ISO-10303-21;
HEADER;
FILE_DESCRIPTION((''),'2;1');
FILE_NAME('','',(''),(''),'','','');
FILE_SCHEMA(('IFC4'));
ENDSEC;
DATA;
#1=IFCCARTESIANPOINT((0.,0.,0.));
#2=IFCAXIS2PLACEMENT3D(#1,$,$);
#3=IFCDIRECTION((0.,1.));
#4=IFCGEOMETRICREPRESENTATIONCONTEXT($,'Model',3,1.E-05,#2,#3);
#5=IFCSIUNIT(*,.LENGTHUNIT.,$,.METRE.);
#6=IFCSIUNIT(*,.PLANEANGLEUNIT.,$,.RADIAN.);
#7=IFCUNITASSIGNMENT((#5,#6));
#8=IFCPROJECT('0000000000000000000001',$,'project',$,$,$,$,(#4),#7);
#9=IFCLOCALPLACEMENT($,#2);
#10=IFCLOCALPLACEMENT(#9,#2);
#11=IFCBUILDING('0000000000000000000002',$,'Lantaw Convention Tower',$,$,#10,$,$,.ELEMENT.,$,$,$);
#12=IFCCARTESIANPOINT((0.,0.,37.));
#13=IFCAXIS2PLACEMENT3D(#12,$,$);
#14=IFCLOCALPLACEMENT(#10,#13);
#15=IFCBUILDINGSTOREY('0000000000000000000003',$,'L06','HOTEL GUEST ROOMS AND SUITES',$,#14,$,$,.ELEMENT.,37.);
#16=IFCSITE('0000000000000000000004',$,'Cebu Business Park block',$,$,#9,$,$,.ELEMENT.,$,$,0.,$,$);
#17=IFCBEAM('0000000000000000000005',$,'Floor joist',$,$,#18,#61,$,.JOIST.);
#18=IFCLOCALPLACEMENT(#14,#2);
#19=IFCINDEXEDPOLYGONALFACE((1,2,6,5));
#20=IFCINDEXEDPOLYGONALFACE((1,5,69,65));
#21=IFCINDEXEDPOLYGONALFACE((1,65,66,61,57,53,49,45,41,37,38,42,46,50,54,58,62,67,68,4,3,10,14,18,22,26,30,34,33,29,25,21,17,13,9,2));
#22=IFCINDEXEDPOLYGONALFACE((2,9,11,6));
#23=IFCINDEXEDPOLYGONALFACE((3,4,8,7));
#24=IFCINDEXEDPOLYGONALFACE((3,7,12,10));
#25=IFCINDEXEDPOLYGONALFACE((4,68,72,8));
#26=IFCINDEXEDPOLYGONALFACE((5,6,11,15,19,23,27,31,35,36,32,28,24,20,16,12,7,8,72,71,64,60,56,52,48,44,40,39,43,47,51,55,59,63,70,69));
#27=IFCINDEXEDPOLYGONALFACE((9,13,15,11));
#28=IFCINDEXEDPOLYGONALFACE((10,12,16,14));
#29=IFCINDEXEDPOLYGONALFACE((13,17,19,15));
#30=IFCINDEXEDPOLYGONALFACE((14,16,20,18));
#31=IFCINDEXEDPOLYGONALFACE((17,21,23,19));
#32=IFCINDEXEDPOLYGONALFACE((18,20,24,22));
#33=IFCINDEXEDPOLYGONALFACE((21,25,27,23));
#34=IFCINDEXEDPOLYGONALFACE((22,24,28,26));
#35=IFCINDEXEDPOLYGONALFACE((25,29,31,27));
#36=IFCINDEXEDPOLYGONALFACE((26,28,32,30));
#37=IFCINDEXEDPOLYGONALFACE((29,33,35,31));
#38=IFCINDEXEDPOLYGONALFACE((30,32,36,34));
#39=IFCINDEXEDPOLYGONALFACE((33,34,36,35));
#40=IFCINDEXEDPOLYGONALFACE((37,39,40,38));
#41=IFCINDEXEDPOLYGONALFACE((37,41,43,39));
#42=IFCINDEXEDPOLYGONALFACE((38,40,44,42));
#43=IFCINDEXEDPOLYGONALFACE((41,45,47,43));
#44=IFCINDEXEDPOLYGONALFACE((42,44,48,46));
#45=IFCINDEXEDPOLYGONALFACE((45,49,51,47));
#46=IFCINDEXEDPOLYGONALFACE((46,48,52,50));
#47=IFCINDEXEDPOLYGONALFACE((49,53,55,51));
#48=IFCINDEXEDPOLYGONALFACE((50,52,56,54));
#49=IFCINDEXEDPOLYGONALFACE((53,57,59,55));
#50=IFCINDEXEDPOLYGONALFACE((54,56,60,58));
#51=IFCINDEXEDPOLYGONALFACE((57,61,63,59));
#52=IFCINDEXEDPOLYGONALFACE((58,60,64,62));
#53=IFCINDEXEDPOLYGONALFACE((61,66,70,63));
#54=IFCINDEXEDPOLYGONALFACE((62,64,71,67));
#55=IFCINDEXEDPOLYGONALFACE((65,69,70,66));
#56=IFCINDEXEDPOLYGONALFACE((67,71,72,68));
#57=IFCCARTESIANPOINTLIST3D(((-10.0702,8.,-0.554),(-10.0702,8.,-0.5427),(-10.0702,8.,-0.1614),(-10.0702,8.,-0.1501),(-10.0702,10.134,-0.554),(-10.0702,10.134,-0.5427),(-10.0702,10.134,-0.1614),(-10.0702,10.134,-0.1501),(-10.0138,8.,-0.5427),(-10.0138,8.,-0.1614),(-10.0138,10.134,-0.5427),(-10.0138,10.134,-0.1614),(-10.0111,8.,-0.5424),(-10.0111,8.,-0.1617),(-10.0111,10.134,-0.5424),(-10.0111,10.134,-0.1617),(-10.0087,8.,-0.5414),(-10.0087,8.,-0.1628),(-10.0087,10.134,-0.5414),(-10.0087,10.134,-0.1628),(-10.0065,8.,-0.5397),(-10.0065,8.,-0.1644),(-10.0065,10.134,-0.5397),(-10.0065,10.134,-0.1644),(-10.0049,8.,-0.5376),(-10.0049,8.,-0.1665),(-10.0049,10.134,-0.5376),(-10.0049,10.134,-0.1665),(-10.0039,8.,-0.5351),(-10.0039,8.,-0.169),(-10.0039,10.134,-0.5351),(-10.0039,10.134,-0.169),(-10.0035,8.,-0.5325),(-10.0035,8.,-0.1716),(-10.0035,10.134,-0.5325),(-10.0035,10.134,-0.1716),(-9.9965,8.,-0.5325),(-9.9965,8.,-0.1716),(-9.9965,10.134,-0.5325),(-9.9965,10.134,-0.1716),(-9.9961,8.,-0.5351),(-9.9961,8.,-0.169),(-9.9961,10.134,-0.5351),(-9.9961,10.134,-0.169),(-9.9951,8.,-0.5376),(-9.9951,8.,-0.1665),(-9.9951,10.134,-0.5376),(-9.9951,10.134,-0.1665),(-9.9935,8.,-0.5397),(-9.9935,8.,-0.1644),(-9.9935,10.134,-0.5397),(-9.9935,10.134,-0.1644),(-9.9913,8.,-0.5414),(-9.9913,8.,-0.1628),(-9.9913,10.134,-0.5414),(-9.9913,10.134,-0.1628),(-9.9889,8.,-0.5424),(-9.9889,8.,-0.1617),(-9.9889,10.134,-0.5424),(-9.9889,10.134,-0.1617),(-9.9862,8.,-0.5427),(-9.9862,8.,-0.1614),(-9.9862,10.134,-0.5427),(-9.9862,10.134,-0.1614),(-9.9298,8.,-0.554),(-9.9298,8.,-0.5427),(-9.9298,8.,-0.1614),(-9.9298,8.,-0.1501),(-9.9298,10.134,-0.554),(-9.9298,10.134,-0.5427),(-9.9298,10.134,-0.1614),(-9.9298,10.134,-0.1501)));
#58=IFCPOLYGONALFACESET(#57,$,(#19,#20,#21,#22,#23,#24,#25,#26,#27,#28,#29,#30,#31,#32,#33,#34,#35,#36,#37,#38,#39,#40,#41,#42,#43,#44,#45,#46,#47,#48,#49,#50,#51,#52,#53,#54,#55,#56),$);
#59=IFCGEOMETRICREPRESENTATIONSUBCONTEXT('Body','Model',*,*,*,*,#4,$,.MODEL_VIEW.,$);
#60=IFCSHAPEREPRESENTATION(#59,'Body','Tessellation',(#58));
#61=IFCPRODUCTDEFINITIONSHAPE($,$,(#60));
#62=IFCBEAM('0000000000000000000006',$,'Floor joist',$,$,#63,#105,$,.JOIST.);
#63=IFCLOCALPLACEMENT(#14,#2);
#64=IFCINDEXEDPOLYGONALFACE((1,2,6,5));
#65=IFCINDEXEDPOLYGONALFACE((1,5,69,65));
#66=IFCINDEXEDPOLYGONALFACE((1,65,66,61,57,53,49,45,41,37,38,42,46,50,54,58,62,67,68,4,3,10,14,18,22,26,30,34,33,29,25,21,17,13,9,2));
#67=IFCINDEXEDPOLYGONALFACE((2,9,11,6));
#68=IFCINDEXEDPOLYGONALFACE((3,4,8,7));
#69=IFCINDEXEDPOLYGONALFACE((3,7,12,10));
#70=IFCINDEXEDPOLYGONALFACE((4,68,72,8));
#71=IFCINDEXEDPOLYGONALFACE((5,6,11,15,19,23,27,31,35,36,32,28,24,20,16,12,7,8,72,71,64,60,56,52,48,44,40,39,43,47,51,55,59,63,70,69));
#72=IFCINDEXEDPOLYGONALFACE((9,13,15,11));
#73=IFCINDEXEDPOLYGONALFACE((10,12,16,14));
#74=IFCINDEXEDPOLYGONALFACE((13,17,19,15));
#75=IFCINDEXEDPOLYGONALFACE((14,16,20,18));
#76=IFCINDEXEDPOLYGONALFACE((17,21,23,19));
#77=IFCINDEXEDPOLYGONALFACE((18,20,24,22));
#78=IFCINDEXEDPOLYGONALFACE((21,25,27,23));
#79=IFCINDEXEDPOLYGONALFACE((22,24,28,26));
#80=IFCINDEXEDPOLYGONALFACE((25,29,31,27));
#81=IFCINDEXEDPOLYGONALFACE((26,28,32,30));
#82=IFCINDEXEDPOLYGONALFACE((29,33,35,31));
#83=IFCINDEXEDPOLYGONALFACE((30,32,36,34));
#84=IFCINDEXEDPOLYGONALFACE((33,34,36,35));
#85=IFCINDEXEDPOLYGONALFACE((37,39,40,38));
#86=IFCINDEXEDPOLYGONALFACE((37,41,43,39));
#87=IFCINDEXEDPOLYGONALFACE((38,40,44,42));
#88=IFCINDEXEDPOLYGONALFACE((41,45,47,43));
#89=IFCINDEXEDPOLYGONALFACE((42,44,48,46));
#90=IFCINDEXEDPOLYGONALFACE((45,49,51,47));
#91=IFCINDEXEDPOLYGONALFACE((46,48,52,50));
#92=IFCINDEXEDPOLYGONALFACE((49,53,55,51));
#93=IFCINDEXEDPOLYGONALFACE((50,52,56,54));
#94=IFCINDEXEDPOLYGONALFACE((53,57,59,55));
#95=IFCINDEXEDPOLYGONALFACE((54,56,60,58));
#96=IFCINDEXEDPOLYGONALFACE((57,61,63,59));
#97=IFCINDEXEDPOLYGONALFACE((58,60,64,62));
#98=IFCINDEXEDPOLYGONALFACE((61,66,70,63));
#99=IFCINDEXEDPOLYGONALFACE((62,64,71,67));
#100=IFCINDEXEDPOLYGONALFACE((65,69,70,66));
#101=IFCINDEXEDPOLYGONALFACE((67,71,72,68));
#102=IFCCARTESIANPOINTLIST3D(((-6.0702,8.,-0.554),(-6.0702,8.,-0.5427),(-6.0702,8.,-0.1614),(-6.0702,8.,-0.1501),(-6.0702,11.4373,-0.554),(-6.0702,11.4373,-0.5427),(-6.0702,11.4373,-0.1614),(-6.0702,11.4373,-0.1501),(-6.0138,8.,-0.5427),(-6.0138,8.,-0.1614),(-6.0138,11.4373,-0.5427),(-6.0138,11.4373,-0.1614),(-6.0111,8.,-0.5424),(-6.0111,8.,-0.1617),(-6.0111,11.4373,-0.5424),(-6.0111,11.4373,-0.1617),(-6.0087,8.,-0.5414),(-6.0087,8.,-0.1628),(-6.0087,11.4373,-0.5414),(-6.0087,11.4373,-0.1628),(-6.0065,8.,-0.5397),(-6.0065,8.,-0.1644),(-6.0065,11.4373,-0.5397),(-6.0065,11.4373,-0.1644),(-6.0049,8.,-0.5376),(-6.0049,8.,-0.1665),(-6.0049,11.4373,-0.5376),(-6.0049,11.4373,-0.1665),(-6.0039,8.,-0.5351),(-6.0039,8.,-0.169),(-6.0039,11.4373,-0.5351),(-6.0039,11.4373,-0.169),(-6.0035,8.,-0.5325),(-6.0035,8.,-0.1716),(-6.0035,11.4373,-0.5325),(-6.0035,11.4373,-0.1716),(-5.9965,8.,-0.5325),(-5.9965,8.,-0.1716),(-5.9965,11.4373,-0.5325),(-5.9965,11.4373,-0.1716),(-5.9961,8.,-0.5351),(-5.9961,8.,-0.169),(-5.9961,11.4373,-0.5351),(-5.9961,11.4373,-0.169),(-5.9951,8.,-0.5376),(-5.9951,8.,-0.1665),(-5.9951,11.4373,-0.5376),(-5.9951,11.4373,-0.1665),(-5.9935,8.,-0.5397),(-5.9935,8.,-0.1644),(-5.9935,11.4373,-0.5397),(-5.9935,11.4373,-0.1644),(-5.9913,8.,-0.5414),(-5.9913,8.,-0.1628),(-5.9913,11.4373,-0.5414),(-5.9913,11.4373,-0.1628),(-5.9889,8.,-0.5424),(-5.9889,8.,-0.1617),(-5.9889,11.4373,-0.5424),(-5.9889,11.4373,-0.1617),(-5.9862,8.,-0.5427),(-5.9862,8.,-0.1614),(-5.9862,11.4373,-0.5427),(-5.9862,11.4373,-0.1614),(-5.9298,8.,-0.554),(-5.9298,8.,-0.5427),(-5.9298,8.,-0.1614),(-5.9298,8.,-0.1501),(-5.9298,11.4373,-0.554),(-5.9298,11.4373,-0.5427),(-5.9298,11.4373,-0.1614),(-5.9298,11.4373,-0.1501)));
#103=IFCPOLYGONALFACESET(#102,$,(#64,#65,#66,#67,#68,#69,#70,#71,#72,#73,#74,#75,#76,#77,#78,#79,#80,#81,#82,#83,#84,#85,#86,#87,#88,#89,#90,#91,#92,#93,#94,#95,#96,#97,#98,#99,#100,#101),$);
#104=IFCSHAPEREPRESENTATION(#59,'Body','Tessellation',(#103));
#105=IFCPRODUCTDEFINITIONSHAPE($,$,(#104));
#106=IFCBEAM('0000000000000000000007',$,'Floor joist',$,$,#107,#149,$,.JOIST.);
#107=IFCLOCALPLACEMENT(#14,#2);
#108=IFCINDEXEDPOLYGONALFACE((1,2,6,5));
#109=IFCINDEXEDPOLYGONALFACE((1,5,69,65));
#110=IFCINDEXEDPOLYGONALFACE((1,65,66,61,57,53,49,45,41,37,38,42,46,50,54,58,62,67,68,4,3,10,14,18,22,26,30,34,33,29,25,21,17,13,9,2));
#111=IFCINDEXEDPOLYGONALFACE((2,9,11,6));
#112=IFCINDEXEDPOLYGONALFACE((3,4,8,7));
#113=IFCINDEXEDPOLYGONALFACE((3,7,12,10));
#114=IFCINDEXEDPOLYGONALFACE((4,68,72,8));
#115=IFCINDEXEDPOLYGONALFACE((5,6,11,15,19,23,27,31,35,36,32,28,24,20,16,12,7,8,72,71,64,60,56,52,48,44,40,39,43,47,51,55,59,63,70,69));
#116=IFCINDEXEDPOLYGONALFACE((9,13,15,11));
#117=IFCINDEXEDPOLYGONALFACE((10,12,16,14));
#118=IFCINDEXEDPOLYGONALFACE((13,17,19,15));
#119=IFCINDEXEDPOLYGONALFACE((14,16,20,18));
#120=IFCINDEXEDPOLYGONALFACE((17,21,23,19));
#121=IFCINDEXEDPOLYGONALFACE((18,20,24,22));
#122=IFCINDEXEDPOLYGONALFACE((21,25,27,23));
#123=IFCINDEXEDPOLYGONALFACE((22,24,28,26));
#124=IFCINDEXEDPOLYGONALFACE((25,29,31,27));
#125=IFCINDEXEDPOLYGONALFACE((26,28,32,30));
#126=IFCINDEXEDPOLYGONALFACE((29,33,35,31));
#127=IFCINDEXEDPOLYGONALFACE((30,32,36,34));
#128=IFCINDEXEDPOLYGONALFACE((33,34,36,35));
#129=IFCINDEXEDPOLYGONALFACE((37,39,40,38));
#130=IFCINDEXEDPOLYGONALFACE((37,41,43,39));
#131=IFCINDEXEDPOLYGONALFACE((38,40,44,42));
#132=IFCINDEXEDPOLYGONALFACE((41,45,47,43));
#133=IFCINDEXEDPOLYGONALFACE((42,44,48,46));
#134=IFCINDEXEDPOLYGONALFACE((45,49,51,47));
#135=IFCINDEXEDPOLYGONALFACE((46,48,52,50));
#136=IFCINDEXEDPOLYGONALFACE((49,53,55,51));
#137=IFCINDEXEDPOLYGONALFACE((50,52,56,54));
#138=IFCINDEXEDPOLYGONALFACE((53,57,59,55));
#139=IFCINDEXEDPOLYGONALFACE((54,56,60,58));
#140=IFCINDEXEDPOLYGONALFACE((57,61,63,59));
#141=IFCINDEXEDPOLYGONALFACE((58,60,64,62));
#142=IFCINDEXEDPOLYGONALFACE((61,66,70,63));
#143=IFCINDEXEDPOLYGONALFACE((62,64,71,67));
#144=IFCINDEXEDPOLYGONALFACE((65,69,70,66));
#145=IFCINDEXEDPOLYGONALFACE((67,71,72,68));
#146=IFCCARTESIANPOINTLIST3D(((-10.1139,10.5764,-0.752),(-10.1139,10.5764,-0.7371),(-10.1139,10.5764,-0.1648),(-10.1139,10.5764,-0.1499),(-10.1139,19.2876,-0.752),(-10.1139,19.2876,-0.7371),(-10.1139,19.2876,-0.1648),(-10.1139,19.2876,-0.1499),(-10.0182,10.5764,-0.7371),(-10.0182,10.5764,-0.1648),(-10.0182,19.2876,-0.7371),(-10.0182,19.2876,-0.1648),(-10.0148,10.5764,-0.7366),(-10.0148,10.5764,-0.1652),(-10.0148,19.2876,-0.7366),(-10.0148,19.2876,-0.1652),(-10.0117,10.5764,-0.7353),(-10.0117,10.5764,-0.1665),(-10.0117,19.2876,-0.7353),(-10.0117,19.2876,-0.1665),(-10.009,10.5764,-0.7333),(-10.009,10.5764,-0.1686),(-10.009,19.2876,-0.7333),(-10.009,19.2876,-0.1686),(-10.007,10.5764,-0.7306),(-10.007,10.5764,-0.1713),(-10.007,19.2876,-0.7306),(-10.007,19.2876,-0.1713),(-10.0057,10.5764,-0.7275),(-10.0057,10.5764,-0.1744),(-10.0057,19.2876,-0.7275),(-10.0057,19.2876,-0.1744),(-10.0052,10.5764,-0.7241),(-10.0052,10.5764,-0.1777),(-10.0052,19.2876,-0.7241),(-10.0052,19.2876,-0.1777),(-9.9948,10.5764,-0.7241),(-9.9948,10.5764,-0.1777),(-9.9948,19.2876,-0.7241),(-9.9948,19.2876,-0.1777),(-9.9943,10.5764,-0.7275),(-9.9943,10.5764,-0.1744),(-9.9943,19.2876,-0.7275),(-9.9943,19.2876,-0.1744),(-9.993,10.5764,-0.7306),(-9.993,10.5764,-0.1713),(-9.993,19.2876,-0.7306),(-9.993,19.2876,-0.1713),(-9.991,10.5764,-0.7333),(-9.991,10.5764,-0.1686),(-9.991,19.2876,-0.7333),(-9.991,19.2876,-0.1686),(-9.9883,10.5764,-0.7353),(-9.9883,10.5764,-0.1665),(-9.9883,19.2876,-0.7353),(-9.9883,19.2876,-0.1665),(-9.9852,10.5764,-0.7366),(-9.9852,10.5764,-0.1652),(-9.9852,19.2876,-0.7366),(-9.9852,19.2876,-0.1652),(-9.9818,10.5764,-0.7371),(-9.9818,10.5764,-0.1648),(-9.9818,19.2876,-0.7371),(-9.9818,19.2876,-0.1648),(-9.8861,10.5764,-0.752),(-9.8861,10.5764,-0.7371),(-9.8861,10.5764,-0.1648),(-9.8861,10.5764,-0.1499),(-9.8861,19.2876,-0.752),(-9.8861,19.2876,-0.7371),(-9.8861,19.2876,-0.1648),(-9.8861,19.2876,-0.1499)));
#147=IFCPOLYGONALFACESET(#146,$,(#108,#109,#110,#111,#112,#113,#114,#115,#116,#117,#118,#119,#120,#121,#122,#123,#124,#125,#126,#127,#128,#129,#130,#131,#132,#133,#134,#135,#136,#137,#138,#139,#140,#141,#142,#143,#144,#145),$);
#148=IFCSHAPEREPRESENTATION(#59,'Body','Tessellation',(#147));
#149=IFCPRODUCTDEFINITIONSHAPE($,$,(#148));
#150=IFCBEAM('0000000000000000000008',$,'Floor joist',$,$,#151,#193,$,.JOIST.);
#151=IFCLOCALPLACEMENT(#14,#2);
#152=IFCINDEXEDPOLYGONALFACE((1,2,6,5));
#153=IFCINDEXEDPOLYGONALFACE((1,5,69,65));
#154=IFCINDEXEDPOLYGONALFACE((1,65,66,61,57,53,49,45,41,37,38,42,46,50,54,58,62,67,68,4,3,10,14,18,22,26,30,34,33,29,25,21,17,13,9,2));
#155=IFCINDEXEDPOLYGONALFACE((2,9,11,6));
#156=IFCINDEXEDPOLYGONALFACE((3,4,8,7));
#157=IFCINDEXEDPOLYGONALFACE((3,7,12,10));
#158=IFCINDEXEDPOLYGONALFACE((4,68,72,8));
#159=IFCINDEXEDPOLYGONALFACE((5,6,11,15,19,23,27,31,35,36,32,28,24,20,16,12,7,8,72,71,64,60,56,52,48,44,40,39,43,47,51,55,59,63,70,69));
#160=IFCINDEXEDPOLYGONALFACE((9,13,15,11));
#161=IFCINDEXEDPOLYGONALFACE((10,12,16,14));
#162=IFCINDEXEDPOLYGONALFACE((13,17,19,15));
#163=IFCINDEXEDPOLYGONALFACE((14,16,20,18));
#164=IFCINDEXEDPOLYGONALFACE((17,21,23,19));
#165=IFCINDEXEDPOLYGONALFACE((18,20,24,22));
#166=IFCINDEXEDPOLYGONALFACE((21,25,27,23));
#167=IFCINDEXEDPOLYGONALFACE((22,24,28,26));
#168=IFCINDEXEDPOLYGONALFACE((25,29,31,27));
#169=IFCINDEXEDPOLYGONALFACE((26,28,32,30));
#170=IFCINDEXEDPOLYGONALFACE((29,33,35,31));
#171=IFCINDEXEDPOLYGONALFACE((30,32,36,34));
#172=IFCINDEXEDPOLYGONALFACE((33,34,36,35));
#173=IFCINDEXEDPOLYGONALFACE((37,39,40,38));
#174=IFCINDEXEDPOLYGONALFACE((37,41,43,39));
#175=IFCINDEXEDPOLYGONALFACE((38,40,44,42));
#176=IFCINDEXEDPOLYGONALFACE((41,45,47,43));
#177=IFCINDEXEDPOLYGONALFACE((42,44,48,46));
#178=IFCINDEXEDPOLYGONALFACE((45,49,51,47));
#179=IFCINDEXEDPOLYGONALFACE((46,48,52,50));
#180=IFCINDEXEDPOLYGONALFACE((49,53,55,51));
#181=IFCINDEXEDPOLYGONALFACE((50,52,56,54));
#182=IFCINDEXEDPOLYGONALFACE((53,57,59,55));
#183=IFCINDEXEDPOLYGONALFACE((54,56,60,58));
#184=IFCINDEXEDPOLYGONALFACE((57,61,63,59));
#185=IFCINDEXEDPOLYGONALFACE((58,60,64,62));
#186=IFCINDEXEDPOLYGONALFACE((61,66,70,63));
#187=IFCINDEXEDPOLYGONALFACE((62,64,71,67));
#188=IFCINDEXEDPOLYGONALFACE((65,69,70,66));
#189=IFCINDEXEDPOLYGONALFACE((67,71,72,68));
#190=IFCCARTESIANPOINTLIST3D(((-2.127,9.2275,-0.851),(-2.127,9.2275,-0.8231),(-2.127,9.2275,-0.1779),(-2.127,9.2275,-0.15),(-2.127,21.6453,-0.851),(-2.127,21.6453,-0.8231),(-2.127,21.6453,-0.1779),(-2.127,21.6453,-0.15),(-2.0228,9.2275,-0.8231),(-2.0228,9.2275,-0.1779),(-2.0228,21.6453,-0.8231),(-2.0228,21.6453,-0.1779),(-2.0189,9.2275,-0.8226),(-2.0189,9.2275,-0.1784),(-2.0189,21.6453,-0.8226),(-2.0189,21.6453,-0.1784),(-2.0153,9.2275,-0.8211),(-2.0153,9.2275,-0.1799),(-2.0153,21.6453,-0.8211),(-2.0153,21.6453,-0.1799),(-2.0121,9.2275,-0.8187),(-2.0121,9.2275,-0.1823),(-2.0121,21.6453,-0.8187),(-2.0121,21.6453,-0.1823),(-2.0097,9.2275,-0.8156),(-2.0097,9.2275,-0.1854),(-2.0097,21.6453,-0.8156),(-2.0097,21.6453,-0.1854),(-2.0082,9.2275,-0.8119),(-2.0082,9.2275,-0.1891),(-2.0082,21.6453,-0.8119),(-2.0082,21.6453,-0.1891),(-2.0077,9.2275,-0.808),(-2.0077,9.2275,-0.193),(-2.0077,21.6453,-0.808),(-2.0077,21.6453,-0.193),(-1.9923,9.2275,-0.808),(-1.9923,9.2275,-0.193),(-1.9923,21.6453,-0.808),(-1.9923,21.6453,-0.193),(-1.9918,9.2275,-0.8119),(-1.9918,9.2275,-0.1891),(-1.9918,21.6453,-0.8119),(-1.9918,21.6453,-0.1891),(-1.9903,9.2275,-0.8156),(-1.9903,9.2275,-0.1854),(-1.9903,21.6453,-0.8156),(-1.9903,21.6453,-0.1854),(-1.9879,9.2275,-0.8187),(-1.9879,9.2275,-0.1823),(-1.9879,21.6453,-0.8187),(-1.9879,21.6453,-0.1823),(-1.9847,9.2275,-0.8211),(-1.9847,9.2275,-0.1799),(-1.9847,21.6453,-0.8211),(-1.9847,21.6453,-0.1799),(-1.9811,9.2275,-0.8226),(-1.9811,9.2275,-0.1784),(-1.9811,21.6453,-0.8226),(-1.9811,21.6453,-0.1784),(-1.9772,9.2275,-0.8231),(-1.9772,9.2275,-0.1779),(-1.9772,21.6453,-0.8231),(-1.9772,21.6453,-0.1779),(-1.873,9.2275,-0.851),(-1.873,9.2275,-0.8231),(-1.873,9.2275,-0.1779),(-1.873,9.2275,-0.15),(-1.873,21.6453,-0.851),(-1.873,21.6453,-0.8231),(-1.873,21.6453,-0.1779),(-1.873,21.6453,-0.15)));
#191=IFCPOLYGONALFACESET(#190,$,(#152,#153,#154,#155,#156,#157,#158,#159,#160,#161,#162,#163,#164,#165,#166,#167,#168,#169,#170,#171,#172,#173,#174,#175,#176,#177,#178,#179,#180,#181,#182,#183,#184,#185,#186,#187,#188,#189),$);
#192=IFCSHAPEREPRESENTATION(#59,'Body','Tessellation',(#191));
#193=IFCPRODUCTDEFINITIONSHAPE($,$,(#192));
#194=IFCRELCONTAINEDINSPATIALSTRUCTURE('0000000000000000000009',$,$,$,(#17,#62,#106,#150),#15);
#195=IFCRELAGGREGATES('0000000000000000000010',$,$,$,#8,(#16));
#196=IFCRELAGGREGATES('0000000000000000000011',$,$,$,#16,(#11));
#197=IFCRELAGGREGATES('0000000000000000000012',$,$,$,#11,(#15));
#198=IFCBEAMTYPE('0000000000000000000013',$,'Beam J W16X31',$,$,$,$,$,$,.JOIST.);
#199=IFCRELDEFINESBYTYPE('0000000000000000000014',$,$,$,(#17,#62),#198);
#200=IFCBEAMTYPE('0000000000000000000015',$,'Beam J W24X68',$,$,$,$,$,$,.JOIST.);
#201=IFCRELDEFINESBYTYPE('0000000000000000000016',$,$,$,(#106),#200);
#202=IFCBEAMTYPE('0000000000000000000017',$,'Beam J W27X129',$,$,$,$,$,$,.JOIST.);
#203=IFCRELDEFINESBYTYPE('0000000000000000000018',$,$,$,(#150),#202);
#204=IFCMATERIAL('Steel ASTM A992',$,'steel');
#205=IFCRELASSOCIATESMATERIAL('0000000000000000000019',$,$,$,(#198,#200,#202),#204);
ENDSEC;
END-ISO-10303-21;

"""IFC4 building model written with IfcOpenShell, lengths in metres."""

from ifc_helpers import new_model, si_unit, direction, frame, origin, origin_2d, place, context, subcontext, project, spatial, i_section, extrude, material, material_profile, profile_set, type_object, element, save


model = new_model("IFC4")

# Units and contexts
model_context = context("Model", 3, precision=1e-05, world=origin(), true_north=direction((0.0, 1.0)))
body_context = subcontext(model_context, "Body", "Model", "MODEL_VIEW")
ifc_project = project(units=[si_unit("LENGTHUNIT", "METRE"), si_unit("PLANEANGLEUNIT", "RADIAN")], contexts=[model_context])

# Site, building, storey
site_placement = place(None, origin())
site = spatial("IfcSite", under=ifc_project, at=site_placement, Name="Cebu Business Park block", CompositionType="ELEMENT", RefElevation=0.0)
building_placement = place(site_placement, origin())
building = spatial("IfcBuilding", under=site, at=building_placement, Name="Lantaw Convention Tower", CompositionType="ELEMENT")
storey_placement = place(building_placement, frame((0.0, 0.0, 37.0)))
storey = spatial("IfcBuildingStorey", under=building, at=storey_placement, Name="L06", Description="HOTEL GUEST ROOMS AND SUITES", CompositionType="ELEMENT", Elevation=37.0)

# Beams
ifc_material_1 = material(Name="Steel ASTM A992", Category="steel")
ifc_material_profile_1 = material_profile(ifc_material_1, i_section(OverallWidth=0.1404, OverallDepth=0.4038, WebThickness=0.0071, FlangeThickness=0.0112, FilletRadius=0.0103, at=origin_2d()), Name="W16X31")
ifc_profile_set_1 = profile_set([ifc_material_profile_1], Name="Steel ASTM A992")
beam_type_1 = type_object("IfcBeamType", Name="Beam J W16X31", PredefinedType="JOIST", material=ifc_profile_set_1)
beam_1_placement = place(storey_placement, frame((-10.0, 8.0, -0.3521), z_axis=(0.0, 1.0, 0.0), x_axis=(-1.0, 0.0, 0.0)))
element("IfcBeam", 1, at=beam_1_placement, inside=storey, type_object=beam_type_1, Name="Floor joist", PredefinedType="JOIST", context=body_context, shape_type="SweptSolid", body=[
    extrude(i_section(OverallWidth=0.1404, OverallDepth=0.4038, WebThickness=0.0071, FlangeThickness=0.0112, FilletRadius=0.0103, at=origin_2d()), origin(), (0.0, 0.0, 1.0), 2.134),
])
beam_2_placement = place(storey_placement, frame((-6.0, 8.0, -0.3521), z_axis=(0.0, 1.0, 0.0), x_axis=(-1.0, 0.0, 0.0)))
element("IfcBeam", 2, at=beam_2_placement, inside=storey, type_object=beam_type_1, Name="Floor joist", PredefinedType="JOIST", context=body_context, shape_type="SweptSolid", body=[
    extrude(i_section(OverallWidth=0.1404, OverallDepth=0.4038, WebThickness=0.0071, FlangeThickness=0.0112, FilletRadius=0.0103, at=origin_2d()), origin(), (0.0, 0.0, 1.0), 3.4373),
])
ifc_material_profile_2 = material_profile(ifc_material_1, i_section(OverallWidth=0.2278, OverallDepth=0.6021, WebThickness=0.0105, FlangeThickness=0.0149, FilletRadius=0.0129, at=origin_2d()), Name="W24X68")
ifc_profile_set_2 = profile_set([ifc_material_profile_2], Name="Steel ASTM A992")
beam_type_2 = type_object("IfcBeamType", Name="Beam J W24X68", PredefinedType="JOIST", material=ifc_profile_set_2)
beam_3_placement = place(storey_placement, frame((-10.0, 10.5764, -0.4509), z_axis=(0.0, 1.0, 0.0), x_axis=(-1.0, 0.0, 0.0)))
element("IfcBeam", 3, at=beam_3_placement, inside=storey, type_object=beam_type_2, Name="Floor joist", PredefinedType="JOIST", context=body_context, shape_type="SweptSolid", body=[
    extrude(i_section(OverallWidth=0.2278, OverallDepth=0.6021, WebThickness=0.0105, FlangeThickness=0.0149, FilletRadius=0.0129, at=origin_2d()), origin(), (0.0, 0.0, 1.0), 8.7112),
])
ifc_material_profile_3 = material_profile(ifc_material_1, i_section(OverallWidth=0.2539, OverallDepth=0.7009, WebThickness=0.0154, FlangeThickness=0.0278, FilletRadius=0.0151, at=origin_2d()), Name="W27X129")
ifc_profile_set_3 = profile_set([ifc_material_profile_3], Name="Steel ASTM A992")
beam_type_3 = type_object("IfcBeamType", Name="Beam J W27X129", PredefinedType="JOIST", material=ifc_profile_set_3)
beam_4_placement = place(storey_placement, frame((-2.0, 9.2275, -0.5005), z_axis=(0.0, 1.0, 0.0), x_axis=(-1.0, 0.0, 0.0)))
element("IfcBeam", 4, at=beam_4_placement, inside=storey, type_object=beam_type_3, Name="Floor joist", PredefinedType="JOIST", context=body_context, shape_type="SweptSolid", body=[
    extrude(i_section(OverallWidth=0.2539, OverallDepth=0.7009, WebThickness=0.0154, FlangeThickness=0.0278, FilletRadius=0.0151, at=origin_2d()), origin(), (0.0, 0.0, 1.0), 12.4177),
])

save(model, "model.ifc")
